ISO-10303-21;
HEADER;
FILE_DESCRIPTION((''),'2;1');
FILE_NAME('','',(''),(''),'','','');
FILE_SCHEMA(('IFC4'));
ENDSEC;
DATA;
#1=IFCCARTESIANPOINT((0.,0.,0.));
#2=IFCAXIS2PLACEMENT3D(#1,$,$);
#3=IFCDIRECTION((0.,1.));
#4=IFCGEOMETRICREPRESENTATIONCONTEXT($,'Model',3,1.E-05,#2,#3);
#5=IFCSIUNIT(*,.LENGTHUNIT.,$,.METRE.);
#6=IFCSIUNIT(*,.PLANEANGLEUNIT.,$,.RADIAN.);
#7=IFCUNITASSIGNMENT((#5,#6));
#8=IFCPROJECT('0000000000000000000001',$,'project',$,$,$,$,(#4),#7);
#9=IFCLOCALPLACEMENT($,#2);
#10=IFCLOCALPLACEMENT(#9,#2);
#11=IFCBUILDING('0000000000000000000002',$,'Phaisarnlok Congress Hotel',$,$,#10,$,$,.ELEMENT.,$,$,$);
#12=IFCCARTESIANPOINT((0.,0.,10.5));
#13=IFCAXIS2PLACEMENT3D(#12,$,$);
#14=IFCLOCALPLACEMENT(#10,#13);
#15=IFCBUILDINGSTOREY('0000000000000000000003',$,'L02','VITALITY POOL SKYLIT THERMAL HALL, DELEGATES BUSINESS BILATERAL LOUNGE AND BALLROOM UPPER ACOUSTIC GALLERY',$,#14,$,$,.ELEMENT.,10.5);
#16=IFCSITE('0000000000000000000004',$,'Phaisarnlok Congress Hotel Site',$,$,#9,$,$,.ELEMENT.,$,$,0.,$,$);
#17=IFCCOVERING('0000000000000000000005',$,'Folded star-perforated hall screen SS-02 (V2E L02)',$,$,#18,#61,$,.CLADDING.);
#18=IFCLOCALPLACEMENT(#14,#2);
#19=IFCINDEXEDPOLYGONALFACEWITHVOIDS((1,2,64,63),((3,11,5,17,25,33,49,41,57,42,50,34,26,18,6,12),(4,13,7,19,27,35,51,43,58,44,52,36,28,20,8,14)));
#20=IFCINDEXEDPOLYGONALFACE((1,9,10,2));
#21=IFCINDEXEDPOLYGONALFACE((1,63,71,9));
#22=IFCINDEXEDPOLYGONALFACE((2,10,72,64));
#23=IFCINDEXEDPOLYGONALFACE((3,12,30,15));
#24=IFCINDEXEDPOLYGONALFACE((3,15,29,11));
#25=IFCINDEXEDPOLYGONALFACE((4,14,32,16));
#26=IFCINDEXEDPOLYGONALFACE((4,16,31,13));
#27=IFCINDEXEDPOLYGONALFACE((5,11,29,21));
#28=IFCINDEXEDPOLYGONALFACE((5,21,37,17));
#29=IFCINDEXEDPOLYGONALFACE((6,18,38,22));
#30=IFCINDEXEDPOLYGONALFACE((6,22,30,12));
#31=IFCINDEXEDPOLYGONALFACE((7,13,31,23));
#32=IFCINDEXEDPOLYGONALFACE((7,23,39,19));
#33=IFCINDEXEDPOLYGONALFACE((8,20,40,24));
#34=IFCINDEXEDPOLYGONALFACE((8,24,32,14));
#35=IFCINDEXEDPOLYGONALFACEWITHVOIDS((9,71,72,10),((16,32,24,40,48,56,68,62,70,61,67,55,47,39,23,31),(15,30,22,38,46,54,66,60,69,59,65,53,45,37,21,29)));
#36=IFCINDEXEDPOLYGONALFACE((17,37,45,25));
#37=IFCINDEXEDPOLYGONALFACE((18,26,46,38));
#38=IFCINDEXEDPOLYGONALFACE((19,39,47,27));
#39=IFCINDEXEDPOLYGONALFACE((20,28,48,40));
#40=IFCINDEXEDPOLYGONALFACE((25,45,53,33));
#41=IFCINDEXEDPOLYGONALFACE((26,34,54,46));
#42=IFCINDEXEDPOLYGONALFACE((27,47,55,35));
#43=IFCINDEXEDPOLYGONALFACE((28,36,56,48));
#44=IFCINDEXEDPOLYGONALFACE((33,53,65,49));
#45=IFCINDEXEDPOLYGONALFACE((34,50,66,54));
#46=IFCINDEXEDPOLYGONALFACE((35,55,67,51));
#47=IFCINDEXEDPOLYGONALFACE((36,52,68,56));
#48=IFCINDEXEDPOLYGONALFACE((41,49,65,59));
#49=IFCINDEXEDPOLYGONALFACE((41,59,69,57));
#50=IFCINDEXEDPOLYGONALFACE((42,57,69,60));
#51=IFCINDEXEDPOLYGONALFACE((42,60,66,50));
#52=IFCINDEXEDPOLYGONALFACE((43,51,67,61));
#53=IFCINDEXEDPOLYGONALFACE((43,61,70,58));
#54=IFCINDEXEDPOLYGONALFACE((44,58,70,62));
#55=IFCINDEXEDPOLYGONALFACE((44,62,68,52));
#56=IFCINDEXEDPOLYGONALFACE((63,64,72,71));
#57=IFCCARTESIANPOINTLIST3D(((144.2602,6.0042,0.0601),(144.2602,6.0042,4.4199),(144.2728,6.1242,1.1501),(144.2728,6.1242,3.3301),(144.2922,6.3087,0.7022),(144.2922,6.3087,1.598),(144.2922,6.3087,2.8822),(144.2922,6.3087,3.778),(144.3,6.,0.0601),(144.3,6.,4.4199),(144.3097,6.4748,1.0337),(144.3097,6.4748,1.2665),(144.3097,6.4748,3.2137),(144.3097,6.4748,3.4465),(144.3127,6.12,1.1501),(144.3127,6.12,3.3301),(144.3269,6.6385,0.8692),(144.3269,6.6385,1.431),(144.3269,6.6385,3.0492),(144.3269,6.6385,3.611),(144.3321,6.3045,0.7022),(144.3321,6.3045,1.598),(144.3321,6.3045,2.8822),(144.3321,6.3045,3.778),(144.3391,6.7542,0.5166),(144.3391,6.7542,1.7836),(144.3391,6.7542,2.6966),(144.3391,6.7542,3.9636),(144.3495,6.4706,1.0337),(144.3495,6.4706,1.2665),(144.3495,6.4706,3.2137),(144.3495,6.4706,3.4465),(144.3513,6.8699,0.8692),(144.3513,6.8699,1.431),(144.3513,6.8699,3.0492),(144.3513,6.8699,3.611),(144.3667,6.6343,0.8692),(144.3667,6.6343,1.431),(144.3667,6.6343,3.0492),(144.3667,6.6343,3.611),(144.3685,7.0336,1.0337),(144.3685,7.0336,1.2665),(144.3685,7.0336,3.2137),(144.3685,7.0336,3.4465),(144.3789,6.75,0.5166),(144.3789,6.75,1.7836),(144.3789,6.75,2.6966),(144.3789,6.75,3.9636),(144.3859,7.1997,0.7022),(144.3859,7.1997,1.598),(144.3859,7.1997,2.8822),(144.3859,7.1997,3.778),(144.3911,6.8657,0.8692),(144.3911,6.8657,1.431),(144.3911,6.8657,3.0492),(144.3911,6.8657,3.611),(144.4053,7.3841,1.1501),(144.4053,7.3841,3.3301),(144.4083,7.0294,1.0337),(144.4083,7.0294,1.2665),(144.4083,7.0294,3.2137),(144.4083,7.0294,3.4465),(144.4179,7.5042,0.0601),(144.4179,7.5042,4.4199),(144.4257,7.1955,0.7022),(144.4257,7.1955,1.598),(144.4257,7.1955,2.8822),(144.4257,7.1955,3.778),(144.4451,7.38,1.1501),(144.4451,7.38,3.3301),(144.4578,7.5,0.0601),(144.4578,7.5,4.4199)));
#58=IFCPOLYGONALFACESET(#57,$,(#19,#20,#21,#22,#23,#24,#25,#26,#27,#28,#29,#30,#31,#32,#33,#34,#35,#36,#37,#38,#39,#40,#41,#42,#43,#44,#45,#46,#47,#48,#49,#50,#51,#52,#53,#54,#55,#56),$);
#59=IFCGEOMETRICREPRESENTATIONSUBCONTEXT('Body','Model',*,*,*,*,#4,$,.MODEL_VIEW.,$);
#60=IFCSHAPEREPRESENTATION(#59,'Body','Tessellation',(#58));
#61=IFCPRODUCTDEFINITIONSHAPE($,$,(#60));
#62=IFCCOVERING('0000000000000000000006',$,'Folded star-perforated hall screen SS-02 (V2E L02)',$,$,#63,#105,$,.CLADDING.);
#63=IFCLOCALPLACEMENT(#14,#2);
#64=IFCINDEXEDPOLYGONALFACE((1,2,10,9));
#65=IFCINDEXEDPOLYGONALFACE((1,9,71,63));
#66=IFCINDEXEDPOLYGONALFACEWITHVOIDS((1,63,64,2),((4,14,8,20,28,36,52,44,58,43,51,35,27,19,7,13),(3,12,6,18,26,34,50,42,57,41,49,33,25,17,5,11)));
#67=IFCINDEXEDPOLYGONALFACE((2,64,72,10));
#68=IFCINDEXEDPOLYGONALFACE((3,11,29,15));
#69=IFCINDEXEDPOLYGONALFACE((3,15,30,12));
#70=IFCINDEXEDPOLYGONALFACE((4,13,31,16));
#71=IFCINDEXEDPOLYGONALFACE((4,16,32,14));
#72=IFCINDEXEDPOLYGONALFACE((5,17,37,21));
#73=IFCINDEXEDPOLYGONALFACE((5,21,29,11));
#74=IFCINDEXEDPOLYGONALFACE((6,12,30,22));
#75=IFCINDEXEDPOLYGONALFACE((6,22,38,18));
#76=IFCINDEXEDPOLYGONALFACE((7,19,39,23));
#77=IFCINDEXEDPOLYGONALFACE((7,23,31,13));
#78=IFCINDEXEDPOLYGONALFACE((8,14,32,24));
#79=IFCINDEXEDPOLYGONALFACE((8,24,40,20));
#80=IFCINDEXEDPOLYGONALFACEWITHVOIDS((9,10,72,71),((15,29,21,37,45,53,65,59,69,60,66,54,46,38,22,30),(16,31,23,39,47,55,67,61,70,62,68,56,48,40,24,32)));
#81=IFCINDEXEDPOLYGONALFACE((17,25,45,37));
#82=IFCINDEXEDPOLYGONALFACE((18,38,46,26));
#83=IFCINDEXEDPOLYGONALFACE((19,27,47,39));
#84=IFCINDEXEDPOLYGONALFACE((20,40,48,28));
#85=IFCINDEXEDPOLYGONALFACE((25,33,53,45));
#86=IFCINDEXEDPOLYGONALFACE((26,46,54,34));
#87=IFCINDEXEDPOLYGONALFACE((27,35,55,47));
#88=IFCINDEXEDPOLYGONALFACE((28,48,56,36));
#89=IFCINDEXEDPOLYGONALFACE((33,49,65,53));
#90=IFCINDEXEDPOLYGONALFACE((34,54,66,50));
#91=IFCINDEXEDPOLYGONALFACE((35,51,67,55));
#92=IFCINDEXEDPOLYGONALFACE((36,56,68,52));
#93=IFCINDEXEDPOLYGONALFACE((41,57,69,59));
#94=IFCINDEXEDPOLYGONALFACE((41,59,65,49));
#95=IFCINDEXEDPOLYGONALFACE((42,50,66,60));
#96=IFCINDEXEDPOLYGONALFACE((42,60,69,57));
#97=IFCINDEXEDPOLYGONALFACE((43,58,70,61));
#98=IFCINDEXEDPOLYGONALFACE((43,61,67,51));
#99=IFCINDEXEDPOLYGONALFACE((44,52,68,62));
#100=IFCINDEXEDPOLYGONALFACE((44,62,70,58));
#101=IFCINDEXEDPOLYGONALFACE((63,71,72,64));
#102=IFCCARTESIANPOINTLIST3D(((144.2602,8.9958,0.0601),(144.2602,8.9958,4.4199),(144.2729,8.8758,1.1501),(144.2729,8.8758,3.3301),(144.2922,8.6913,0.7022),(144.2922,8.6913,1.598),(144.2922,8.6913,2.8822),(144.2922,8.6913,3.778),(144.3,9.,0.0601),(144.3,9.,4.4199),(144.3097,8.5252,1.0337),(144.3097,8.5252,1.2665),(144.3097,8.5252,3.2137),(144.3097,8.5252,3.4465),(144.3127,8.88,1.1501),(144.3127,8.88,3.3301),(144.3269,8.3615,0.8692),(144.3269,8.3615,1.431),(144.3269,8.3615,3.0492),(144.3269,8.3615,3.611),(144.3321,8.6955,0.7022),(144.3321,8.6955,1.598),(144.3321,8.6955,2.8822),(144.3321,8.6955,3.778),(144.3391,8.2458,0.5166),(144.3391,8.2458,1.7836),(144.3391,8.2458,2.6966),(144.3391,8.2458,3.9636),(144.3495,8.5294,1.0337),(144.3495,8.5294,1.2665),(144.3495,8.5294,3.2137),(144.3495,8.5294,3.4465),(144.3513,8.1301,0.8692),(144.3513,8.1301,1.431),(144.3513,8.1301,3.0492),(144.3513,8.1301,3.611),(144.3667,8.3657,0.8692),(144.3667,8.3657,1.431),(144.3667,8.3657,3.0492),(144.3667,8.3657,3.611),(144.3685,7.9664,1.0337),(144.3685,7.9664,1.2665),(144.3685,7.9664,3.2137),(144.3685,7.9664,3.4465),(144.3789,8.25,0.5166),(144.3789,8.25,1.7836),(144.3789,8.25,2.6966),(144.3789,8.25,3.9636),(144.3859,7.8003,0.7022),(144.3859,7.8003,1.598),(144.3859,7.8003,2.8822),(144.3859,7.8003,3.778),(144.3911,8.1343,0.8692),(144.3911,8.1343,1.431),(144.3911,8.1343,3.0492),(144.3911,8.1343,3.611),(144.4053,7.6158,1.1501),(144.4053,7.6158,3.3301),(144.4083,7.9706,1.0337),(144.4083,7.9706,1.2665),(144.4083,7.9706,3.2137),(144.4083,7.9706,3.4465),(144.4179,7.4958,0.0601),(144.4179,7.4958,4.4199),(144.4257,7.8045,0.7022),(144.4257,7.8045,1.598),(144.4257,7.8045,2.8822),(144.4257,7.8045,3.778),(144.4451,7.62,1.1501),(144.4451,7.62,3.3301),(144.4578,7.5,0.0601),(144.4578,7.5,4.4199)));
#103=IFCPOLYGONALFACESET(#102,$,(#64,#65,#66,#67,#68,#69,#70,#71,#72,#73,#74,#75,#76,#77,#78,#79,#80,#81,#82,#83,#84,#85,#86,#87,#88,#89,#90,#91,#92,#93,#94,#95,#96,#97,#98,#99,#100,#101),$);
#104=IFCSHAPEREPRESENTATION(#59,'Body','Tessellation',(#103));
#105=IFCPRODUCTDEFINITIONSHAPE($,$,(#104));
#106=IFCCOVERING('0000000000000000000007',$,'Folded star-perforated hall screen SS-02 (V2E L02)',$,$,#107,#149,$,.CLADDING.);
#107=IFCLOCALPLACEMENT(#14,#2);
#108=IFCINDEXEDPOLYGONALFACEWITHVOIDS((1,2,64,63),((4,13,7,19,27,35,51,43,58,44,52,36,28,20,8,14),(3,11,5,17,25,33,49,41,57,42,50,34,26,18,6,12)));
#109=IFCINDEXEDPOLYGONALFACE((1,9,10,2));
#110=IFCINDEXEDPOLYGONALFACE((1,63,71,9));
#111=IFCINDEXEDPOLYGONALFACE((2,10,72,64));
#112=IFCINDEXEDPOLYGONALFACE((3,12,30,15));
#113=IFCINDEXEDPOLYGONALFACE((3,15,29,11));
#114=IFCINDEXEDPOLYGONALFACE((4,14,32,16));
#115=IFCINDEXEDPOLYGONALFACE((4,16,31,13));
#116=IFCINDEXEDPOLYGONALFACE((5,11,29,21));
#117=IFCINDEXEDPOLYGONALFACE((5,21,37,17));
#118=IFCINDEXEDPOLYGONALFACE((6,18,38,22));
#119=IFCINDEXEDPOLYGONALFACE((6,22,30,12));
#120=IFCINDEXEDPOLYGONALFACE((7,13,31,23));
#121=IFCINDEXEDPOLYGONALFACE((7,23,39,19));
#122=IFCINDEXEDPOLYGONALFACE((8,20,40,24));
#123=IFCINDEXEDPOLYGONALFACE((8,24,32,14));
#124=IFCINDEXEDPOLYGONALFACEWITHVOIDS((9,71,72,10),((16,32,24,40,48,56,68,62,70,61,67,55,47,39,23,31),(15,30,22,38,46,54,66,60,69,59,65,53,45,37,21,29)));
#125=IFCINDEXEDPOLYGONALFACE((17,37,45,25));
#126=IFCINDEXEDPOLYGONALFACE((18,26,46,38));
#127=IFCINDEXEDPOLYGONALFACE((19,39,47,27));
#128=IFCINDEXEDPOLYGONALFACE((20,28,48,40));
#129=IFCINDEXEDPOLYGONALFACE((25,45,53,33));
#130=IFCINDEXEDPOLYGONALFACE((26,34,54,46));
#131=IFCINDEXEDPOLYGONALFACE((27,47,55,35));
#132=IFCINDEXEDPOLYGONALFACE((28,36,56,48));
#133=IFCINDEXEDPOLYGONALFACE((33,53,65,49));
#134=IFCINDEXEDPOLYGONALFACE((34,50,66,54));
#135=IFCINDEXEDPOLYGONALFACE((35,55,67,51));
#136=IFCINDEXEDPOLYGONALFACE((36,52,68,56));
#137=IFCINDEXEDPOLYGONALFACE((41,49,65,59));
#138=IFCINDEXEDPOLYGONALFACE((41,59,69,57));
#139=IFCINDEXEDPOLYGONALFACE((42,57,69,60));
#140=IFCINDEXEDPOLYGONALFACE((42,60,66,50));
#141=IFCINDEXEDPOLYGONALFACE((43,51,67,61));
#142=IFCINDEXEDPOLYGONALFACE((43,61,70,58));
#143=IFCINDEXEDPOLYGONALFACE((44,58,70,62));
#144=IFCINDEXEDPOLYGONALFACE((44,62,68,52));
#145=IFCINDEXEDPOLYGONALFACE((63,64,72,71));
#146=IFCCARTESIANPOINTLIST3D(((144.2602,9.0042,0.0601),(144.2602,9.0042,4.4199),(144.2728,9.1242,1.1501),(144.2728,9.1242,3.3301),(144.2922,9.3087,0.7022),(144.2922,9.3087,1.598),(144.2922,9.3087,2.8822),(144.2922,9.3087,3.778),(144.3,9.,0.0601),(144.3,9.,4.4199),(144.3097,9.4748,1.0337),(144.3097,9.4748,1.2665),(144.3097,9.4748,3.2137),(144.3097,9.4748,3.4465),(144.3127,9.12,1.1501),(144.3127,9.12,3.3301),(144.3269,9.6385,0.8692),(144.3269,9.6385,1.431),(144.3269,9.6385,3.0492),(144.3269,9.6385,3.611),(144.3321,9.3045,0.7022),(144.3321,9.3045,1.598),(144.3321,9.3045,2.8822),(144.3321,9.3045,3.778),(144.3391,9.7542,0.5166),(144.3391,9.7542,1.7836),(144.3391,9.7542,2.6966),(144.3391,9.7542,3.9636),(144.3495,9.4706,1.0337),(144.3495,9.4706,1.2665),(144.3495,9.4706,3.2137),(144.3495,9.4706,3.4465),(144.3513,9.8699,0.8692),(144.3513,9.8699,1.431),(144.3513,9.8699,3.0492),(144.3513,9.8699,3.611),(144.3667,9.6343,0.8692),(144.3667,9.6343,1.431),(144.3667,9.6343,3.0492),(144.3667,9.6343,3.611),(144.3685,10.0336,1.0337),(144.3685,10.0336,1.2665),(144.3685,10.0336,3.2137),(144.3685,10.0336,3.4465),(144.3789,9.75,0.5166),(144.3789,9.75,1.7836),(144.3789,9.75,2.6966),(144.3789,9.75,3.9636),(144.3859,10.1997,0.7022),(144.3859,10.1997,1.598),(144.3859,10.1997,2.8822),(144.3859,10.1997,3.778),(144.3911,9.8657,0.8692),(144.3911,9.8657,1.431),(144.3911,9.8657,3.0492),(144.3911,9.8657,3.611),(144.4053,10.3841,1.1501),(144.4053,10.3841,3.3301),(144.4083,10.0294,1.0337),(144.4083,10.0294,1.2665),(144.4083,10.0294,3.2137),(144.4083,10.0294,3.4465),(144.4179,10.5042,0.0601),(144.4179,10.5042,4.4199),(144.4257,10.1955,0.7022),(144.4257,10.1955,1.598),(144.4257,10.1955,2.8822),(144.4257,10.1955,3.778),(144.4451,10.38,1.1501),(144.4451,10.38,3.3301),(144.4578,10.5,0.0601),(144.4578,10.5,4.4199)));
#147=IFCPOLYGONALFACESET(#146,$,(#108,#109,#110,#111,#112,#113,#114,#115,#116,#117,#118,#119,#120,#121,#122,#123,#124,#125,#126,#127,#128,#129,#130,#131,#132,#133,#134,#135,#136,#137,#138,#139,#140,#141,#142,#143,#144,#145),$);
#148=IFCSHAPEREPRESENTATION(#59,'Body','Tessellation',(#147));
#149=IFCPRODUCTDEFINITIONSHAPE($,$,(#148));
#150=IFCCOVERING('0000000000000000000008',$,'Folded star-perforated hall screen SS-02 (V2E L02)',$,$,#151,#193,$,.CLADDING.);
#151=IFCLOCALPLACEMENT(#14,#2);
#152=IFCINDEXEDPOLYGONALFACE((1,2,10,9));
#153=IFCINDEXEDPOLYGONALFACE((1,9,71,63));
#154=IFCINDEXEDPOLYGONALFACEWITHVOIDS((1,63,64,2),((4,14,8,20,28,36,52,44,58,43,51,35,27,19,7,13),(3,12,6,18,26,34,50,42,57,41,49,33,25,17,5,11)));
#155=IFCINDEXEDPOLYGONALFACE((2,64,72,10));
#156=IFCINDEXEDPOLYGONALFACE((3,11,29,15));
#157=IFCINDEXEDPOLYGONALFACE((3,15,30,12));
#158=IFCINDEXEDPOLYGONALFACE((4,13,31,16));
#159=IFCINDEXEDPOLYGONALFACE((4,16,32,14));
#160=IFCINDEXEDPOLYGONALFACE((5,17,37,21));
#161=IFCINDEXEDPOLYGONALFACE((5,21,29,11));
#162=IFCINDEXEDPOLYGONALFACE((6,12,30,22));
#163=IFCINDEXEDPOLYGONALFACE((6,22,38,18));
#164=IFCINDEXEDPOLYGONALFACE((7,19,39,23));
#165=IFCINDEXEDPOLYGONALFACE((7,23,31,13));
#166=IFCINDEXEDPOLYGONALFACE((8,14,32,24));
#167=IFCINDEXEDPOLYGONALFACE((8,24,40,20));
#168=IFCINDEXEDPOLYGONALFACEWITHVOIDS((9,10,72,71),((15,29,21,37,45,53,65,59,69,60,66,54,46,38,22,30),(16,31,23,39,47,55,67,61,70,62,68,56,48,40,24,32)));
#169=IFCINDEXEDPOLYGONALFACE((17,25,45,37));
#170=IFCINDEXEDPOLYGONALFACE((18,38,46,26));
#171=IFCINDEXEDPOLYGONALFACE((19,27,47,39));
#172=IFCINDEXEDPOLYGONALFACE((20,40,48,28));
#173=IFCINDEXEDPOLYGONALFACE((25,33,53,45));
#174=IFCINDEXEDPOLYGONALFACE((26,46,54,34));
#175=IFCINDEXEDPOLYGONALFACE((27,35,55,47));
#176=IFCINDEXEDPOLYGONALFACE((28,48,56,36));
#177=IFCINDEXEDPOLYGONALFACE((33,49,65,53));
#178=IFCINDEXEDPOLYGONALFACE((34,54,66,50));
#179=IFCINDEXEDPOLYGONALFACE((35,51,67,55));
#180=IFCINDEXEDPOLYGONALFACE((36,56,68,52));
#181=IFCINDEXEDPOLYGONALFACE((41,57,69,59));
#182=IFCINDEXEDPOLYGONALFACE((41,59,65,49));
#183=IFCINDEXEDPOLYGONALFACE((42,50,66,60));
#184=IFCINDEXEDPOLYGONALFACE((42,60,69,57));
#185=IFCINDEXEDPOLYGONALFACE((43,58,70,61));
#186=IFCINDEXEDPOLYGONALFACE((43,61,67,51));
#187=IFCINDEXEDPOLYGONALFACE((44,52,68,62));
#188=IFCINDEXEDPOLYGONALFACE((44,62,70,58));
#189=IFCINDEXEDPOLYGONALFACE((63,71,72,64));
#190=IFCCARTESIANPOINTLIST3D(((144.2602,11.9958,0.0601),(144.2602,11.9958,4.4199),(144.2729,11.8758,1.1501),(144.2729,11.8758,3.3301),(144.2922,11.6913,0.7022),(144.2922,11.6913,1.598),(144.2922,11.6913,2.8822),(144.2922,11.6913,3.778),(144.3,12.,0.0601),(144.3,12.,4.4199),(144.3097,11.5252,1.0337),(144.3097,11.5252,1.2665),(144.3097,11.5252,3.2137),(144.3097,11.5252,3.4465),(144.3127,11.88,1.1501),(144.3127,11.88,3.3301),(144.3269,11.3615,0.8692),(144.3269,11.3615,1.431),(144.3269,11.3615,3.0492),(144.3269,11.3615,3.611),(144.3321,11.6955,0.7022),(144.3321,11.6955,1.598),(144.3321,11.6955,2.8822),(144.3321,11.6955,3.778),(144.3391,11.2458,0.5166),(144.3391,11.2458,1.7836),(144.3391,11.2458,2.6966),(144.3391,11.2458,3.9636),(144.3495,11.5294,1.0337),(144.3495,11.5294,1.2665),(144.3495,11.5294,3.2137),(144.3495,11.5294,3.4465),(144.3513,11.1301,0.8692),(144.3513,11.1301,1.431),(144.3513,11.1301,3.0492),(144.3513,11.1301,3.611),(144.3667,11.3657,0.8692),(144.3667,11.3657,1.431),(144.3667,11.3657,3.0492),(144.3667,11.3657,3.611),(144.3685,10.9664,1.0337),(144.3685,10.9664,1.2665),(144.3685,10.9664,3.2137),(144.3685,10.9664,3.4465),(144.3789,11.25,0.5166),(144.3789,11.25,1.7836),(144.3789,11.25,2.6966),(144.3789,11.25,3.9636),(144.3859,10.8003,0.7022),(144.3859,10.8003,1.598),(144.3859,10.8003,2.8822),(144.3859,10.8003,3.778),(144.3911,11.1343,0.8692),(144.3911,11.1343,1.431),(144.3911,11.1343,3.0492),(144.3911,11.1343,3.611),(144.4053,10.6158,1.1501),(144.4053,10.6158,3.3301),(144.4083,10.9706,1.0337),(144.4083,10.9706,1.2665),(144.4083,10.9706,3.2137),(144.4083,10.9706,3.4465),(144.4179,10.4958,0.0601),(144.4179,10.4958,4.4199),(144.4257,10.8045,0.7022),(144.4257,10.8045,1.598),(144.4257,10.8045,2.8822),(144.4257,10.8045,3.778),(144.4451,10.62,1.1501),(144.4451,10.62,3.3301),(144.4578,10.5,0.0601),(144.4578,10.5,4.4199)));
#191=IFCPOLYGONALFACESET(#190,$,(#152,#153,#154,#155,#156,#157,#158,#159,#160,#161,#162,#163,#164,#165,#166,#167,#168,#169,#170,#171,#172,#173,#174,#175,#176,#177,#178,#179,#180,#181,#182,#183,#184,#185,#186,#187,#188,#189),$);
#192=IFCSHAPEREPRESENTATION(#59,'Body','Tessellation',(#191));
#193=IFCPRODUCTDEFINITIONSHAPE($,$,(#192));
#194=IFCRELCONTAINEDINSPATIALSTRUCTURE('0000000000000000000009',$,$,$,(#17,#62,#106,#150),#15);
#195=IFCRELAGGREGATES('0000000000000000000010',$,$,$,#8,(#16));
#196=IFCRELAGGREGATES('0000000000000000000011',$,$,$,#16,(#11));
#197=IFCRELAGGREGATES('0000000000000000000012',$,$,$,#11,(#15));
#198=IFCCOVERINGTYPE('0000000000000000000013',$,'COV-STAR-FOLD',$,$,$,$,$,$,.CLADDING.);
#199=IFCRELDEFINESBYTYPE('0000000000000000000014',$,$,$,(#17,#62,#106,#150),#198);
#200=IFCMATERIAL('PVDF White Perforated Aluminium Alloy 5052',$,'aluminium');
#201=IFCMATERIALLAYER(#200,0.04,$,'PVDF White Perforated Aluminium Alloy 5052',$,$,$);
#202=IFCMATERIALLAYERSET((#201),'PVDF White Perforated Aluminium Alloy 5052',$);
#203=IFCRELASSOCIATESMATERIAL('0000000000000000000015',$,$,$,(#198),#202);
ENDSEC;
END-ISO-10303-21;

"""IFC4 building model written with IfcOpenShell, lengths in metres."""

from ifc_helpers import new_model, si_unit, direction, frame, origin, place, context, subcontext, project, spatial, polyline, outline, extrude, material, layer, layer_set, type_object, element, save


model = new_model("IFC4")

# Units and contexts
model_context = context("Model", 3, precision=1e-05, world=origin(), true_north=direction((0.0, 1.0)))
body_context = subcontext(model_context, "Body", "Model", "MODEL_VIEW")
ifc_project = project(units=[si_unit("LENGTHUNIT", "METRE"), si_unit("PLANEANGLEUNIT", "RADIAN")], contexts=[model_context])

# Site, building, storey
site_placement = place(None, origin())
site = spatial("IfcSite", under=ifc_project, at=site_placement, Name="Phaisarnlok Congress Hotel Site", CompositionType="ELEMENT", RefElevation=0.0)
building_placement = place(site_placement, origin())
building = spatial("IfcBuilding", under=site, at=building_placement, Name="Phaisarnlok Congress Hotel", CompositionType="ELEMENT")
storey_placement = place(building_placement, frame((0.0, 0.0, 10.5)))
storey = spatial("IfcBuildingStorey", under=building, at=storey_placement, Name="L02", Description="VITALITY POOL SKYLIT THERMAL HALL, DELEGATES BUSINESS BILATERAL LOUNGE AND BALLROOM UPPER ACOUSTIC GALLERY", CompositionType="ELEMENT", Elevation=10.5)

# Coverings
ifc_material_1 = material(Name="PVDF White Perforated Aluminium Alloy 5052", Category="aluminium")
ifc_layer = layer(ifc_material_1, 0.04, Name="PVDF White Perforated Aluminium Alloy 5052")
ifc_layer_set = layer_set([ifc_layer], Name="PVDF White Perforated Aluminium Alloy 5052")
covering_type = type_object("IfcCoveringType", Name="COV-STAR-FOLD", PredefinedType="CLADDING", material=ifc_layer_set)
for number, where, z_axis, x_axis, name in (
    (1, (144.4578, 7.5, 0.0601), (-0.994518, 0.104567, 0.0), (-0.104567, -0.994518, 0.0), "Folded star-perforated hall screen SS-02 (V2E L02)"),
    (2, (144.3, 9.0, 0.0601), (-0.994518, -0.104567, 0.0), (0.104567, -0.994518, 0.0), "Folded star-perforated hall screen SS-02 (V2E L02)"),
    (3, (144.4578, 10.5, 0.0601), (-0.994518, 0.104567, 0.0), (-0.104567, -0.994518, 0.0), "Folded star-perforated hall screen SS-02 (V2E L02)"),
    (4, (144.3, 12.0, 0.0601), (-0.994518, -0.104567, 0.0), (0.104567, -0.994518, 0.0), "Folded star-perforated hall screen SS-02 (V2E L02)"),
):
    element("IfcCovering", number, at=place(storey_placement, frame(where, z_axis=z_axis, x_axis=x_axis)), inside=storey, type_object=covering_type, Name=name, PredefinedType="CLADDING", context=body_context, shape_type="SweptSolid", body=[
        extrude(outline(polyline([(0.0, 0.0), (1.5083, 0.0), (1.5083, 4.3599), (0.0, 4.3599), (0.0, 0.0)]), holes=[polyline([(1.0351, 0.9736), (1.2021, 0.6421), (0.8705, 0.8091), (0.7541, 0.4565), (0.6378, 0.8091), (0.3062, 0.6421), (0.4732, 0.9736), (0.1207, 1.09), (0.4732, 1.2064), (0.3062, 1.5379), (0.6378, 1.3709), (0.7541, 1.7235), (0.8705, 1.3709), (1.2021, 1.5379), (1.0351, 1.2064), (1.3876, 1.09), (1.0351, 0.9736)]), polyline([(1.0351, 3.1536), (1.2021, 2.8221), (0.8705, 2.9891), (0.7541, 2.6365), (0.6378, 2.9891), (0.3062, 2.8221), (0.4732, 3.1536), (0.1207, 3.27), (0.4732, 3.3864), (0.3062, 3.7179), (0.6378, 3.5509), (0.7541, 3.9035), (0.8705, 3.5509), (1.2021, 3.7179), (1.0351, 3.3864), (1.3876, 3.27), (1.0351, 3.1536)])]), origin(), (0.0, 0.0, 1.0), 0.04),
    ])

save(model, "model.ifc")
